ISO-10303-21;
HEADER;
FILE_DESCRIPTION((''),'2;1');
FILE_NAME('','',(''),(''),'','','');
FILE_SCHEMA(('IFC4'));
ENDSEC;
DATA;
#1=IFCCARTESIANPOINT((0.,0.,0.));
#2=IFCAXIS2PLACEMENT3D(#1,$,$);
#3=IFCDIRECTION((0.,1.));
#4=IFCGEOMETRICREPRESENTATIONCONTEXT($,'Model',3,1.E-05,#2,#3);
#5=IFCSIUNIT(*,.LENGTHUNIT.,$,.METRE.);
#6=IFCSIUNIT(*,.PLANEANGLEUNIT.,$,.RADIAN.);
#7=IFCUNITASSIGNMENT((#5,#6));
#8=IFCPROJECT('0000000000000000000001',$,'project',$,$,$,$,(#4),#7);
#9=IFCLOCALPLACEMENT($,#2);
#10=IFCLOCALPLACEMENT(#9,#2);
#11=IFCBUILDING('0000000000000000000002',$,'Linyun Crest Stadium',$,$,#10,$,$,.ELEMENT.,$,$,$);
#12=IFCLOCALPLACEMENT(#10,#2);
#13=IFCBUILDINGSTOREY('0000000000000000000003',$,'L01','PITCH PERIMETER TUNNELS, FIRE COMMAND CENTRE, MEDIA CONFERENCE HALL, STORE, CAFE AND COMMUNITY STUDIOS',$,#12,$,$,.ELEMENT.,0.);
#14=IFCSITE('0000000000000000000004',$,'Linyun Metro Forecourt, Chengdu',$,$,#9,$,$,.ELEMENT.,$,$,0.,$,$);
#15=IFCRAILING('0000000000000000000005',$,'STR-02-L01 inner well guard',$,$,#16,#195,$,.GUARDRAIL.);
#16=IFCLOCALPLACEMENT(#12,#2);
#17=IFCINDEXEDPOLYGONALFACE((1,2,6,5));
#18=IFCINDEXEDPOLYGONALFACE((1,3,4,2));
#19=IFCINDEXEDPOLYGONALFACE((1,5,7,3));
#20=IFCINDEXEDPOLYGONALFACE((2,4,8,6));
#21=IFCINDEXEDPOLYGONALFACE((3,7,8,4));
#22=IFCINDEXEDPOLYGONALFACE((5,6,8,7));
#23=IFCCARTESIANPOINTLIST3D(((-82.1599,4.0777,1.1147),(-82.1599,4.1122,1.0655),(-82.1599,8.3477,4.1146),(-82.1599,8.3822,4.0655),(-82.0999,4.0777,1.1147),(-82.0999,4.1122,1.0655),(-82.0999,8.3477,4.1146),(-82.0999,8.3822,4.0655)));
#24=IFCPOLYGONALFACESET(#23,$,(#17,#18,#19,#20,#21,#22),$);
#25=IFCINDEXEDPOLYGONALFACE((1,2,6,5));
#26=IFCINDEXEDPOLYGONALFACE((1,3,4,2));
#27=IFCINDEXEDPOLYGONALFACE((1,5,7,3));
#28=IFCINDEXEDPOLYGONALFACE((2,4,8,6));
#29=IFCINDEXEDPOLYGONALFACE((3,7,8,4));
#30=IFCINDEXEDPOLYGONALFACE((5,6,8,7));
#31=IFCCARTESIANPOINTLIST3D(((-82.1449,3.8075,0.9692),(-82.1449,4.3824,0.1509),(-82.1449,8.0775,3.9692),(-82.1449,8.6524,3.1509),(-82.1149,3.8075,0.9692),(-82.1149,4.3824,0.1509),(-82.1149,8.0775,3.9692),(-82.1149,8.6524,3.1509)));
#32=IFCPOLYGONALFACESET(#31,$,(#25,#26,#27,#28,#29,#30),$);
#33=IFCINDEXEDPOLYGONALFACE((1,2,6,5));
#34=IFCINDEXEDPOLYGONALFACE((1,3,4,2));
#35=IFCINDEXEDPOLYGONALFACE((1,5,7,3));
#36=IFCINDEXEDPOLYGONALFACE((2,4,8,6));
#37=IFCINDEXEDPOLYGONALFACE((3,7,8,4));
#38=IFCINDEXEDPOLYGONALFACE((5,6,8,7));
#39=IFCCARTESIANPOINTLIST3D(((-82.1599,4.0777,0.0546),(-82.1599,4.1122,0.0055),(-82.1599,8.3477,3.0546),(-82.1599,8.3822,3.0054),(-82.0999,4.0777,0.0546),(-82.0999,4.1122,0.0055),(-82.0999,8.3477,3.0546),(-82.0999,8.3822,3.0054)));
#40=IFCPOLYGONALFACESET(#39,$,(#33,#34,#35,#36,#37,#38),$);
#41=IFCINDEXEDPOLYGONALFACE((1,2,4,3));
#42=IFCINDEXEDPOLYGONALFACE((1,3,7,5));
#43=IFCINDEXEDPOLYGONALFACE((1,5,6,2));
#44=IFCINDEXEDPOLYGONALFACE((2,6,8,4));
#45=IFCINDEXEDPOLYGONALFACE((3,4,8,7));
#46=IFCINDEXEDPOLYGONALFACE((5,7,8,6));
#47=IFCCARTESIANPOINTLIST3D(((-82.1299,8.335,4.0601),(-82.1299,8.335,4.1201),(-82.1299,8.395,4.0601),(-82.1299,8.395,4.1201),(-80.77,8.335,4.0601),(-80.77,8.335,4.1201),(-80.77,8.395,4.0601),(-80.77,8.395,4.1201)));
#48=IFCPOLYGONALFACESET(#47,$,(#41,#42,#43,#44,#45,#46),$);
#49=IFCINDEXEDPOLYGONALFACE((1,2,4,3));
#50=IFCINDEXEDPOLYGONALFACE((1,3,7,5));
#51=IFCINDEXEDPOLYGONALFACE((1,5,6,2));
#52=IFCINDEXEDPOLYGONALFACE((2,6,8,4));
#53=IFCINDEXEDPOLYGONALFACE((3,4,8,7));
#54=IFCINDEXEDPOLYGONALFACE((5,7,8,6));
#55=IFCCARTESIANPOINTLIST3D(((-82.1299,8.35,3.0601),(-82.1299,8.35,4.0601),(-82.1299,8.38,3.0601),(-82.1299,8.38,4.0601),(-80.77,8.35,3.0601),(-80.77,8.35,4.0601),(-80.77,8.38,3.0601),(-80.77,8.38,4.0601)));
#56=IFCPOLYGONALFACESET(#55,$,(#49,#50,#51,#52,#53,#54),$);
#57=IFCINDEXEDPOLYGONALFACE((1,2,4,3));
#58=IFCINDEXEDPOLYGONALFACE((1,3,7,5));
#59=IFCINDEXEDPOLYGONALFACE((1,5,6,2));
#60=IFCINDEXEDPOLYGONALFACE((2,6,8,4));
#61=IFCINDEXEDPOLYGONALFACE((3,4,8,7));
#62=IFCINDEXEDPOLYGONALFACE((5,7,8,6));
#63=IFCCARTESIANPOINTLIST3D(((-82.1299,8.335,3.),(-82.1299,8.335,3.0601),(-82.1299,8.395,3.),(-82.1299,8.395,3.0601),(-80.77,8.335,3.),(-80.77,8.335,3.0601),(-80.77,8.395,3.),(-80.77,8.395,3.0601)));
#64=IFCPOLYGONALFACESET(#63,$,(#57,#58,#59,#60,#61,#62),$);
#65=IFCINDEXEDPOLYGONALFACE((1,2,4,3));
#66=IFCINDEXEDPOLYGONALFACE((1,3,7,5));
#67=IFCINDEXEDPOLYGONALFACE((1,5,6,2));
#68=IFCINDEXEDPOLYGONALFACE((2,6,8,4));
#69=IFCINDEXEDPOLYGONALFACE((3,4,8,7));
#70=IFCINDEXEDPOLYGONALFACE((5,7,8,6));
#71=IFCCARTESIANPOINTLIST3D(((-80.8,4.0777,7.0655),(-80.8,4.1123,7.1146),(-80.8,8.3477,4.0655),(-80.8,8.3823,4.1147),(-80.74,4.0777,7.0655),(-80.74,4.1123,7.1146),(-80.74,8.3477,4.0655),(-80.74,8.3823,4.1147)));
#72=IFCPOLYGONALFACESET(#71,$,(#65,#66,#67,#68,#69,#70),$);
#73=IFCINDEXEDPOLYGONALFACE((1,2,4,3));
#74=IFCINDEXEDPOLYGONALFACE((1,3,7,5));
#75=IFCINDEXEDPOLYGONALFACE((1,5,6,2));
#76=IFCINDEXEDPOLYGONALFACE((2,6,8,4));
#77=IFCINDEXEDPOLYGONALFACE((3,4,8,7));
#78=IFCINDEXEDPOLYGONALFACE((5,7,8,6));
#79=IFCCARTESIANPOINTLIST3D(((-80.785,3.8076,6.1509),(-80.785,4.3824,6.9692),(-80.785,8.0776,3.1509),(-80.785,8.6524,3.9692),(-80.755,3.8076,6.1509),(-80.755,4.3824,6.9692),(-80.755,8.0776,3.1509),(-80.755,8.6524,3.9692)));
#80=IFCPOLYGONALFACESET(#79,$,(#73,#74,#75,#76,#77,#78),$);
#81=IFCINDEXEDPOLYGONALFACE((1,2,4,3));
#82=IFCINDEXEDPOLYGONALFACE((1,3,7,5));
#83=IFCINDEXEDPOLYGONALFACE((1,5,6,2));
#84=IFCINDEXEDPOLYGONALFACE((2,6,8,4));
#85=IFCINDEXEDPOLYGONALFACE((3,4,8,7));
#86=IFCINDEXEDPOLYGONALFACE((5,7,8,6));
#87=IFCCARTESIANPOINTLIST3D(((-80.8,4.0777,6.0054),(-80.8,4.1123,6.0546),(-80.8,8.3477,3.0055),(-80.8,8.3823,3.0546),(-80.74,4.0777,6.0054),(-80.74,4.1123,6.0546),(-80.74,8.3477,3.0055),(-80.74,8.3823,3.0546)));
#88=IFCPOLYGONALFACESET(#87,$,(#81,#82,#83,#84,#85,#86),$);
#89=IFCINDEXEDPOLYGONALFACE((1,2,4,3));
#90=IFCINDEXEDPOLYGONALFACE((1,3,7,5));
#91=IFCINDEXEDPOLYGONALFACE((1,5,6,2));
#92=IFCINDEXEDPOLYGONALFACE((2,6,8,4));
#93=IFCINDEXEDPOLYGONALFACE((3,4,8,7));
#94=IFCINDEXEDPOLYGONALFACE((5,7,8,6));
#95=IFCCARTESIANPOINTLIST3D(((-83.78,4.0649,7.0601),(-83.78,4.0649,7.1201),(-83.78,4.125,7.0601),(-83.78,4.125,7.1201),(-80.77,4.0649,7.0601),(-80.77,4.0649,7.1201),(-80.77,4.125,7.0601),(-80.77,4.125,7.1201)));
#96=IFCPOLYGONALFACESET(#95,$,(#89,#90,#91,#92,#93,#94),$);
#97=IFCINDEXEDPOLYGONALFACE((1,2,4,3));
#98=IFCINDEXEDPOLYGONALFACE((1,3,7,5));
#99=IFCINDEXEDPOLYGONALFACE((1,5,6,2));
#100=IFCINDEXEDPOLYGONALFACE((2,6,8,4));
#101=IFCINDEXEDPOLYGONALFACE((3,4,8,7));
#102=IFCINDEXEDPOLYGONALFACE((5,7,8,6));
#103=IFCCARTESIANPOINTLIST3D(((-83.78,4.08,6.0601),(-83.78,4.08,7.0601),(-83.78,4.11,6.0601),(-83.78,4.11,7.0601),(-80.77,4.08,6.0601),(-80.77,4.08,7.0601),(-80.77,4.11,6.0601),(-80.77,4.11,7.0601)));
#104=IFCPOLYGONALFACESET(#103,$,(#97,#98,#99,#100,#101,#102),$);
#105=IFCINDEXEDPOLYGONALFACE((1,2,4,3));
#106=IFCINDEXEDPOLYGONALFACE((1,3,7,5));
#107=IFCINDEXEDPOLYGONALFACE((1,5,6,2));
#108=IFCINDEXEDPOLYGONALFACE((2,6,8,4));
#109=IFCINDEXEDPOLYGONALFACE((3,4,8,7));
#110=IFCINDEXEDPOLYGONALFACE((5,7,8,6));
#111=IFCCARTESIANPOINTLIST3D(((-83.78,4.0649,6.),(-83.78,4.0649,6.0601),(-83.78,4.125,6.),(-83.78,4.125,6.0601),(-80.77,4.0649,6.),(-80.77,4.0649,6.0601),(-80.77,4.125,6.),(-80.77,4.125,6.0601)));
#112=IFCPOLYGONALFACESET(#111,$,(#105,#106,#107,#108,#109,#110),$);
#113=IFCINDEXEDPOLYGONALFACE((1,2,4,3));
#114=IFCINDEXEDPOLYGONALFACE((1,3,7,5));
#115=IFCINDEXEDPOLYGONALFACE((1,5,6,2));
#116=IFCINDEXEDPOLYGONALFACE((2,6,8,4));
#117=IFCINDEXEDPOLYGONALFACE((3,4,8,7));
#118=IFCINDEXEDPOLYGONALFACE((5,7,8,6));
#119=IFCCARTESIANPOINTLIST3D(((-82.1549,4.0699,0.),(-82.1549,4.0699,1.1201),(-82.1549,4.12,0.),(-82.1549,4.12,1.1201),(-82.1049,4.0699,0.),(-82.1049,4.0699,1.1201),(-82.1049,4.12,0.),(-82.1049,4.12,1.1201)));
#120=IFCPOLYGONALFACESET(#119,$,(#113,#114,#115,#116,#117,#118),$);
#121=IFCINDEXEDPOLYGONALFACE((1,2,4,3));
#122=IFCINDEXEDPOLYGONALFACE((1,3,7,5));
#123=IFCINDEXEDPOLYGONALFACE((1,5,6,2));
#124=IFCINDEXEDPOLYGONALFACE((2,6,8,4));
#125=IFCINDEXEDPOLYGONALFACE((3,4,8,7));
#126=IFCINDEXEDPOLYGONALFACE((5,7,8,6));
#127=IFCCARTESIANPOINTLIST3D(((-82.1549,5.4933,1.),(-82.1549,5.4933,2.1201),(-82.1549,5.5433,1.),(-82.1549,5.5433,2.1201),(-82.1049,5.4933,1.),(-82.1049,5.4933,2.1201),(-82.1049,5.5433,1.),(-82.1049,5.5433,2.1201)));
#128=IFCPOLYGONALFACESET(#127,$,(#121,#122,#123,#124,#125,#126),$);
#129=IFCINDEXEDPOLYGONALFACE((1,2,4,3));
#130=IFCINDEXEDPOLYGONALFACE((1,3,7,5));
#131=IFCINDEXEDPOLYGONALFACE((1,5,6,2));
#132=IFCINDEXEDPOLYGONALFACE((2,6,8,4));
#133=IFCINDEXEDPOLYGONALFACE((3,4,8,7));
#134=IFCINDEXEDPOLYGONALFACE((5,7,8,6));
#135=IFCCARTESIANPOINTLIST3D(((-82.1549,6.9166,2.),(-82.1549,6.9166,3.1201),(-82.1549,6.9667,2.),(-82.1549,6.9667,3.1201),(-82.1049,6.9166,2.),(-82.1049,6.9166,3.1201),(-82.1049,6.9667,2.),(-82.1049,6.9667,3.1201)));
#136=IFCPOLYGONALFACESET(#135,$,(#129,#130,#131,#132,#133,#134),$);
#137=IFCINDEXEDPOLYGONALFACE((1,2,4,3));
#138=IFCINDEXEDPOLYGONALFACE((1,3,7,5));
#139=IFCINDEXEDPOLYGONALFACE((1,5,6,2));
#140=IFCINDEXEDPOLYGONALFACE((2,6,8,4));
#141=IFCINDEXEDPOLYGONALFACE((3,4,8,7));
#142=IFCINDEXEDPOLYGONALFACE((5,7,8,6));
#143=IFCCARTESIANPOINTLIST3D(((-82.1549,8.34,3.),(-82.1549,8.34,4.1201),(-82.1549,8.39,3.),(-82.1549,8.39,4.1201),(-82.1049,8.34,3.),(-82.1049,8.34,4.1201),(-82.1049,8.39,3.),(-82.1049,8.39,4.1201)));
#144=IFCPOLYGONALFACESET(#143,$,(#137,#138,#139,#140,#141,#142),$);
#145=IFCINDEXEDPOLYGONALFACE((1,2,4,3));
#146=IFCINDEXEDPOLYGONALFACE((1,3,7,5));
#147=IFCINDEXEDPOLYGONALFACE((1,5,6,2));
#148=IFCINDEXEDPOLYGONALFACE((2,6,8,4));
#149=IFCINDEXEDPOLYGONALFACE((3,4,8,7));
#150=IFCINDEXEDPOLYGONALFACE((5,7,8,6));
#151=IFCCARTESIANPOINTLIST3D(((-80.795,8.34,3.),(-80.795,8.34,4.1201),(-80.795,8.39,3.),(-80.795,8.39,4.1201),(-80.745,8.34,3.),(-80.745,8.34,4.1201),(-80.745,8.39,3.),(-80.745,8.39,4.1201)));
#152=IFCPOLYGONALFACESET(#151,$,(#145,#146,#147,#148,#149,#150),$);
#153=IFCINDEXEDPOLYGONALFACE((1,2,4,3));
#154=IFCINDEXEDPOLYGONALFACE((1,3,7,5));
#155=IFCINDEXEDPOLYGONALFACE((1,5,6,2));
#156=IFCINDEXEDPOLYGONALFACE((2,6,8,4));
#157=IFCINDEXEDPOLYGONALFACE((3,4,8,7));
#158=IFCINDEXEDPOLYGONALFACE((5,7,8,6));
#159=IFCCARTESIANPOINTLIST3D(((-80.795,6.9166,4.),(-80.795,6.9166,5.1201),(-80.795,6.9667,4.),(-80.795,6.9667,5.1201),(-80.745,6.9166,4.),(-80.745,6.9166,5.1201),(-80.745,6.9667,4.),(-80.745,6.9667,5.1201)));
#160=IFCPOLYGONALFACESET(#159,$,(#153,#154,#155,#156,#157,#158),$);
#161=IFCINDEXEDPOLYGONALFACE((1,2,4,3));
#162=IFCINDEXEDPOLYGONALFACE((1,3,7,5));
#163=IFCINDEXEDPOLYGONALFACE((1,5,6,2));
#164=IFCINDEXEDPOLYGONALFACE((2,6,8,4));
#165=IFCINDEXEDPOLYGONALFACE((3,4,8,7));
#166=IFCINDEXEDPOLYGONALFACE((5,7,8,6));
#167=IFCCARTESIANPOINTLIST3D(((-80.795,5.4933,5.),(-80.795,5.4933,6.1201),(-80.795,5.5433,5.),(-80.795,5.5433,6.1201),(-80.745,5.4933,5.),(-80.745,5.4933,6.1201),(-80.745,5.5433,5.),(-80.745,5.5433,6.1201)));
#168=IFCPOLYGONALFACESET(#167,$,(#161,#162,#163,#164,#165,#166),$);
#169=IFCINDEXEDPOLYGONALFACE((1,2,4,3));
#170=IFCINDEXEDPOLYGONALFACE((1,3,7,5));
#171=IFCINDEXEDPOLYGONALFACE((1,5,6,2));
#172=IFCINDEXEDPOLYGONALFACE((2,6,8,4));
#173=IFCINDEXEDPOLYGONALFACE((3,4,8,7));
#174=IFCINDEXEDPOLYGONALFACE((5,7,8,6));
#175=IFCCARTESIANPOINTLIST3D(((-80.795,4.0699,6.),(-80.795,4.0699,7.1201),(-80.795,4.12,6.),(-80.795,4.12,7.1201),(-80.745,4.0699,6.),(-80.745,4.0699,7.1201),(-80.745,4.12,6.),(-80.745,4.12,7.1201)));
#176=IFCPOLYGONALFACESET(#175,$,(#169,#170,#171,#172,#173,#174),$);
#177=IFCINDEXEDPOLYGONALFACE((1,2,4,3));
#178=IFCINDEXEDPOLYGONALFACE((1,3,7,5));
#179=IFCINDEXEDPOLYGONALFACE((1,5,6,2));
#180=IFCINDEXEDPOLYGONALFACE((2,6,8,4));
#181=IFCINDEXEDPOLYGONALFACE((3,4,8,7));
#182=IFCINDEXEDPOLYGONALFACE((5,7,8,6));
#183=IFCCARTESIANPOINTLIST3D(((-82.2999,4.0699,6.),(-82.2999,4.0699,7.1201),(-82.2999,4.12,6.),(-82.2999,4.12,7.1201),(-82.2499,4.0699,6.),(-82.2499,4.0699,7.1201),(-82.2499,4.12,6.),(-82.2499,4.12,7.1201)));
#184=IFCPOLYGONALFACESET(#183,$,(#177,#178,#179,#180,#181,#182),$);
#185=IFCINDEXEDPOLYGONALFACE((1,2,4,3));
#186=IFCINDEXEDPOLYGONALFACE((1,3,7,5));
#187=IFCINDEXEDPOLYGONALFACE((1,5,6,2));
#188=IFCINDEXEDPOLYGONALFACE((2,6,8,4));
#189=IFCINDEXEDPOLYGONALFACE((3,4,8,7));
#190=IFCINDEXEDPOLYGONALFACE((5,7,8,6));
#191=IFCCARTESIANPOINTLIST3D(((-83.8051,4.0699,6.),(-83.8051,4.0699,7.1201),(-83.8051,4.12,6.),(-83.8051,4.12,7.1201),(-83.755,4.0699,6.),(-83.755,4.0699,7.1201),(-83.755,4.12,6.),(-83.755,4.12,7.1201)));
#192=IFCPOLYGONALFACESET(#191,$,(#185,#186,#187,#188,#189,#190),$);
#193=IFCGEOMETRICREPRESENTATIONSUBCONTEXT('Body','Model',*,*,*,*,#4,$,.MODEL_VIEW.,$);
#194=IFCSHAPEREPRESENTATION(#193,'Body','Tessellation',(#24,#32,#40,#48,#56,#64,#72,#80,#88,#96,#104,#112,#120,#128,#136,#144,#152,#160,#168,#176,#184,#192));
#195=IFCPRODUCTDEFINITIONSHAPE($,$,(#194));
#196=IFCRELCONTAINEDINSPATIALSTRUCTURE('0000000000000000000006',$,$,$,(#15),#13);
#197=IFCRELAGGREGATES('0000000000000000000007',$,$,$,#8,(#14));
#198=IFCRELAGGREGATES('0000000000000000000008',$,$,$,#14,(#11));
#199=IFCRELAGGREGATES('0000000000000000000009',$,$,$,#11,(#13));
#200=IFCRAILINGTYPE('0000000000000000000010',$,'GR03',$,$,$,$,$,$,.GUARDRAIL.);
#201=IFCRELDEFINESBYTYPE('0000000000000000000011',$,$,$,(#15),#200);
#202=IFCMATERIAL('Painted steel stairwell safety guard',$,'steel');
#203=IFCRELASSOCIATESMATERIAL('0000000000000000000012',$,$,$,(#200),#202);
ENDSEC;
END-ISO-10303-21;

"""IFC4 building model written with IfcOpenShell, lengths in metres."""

from ifc_helpers import new_model, si_unit, direction, frame, origin, origin_2d, place, context, subcontext, project, spatial, rectangle, extrude, material, type_object, element, save


model = new_model("IFC4")

# Units and contexts
model_context = context("Model", 3, precision=1e-05, world=origin(), true_north=direction((0.0, 1.0)))
body_context = subcontext(model_context, "Body", "Model", "MODEL_VIEW")
ifc_project = project(units=[si_unit("LENGTHUNIT", "METRE"), si_unit("PLANEANGLEUNIT", "RADIAN")], contexts=[model_context])

# Site, building, storey
site_placement = place(None, origin())
site = spatial("IfcSite", under=ifc_project, at=site_placement, Name="Linyun Metro Forecourt, Chengdu", CompositionType="ELEMENT", RefElevation=0.0)
building_placement = place(site_placement, origin())
building = spatial("IfcBuilding", under=site, at=building_placement, Name="Linyun Crest Stadium", CompositionType="ELEMENT")
storey_placement = place(building_placement, origin())
storey = spatial("IfcBuildingStorey", under=building, at=storey_placement, Name="L01", Description="PITCH PERIMETER TUNNELS, FIRE COMMAND CENTRE, MEDIA CONFERENCE HALL, STORE, CAFE AND COMMUNITY STUDIOS", CompositionType="ELEMENT", Elevation=0.0)

# Railing
ifc_material_1 = material(Name="Painted steel stairwell safety guard", Category="steel")
railing_type_1 = type_object("IfcRailingType", Name="GR03", PredefinedType="GUARDRAIL", material=ifc_material_1)
railing_1_placement = place(storey_placement, frame((-82.1299, 4.095, 0.0)))
element("IfcRailing", 1, at=railing_1_placement, inside=storey, type_object=railing_type_1, Name="STR-02-L01 inner well guard", PredefinedType="GUARDRAIL", context=body_context, shape_type="SweptSolid", body=[
    extrude(rectangle(XDim=0.0601, YDim=0.0601, at=origin_2d()), frame((0.0, 0.0, 1.0901), z_axis=(0.0, 0.818242, 0.574874), x_axis=(-1.0, 0.0, 0.0)), (0.0, 0.0, 1.0), 5.2185),
    extrude(rectangle(XDim=0.03, YDim=1.0, at=origin_2d()), frame((0.0, 0.0, 0.5601), z_axis=(0.0, 0.818242, 0.574874), x_axis=(-1.0, 0.0, 0.0)), (0.0, 0.0, 1.0), 5.2185),
    extrude(rectangle(XDim=0.0601, YDim=0.0601, at=origin_2d()), frame((0.0, 0.0, 0.03), z_axis=(0.0, 0.818242, 0.574874), x_axis=(-1.0, 0.0, 0.0)), (0.0, 0.0, 1.0), 5.2185),
    extrude(rectangle(XDim=0.0601, YDim=0.0601, at=origin_2d()), frame((0.0, 4.27, 4.0901), z_axis=(1.0, 0.0, 0.0), x_axis=(0.0, 1.0, 0.0)), (0.0, 0.0, 1.0), 1.3599),
    extrude(rectangle(XDim=0.03, YDim=1.0, at=origin_2d()), frame((0.0, 4.27, 3.5601), z_axis=(1.0, 0.0, 0.0), x_axis=(0.0, 1.0, 0.0)), (0.0, 0.0, 1.0), 1.3599),
    extrude(rectangle(XDim=0.0601, YDim=0.0601, at=origin_2d()), frame((0.0, 4.27, 3.03), z_axis=(1.0, 0.0, 0.0), x_axis=(0.0, 1.0, 0.0)), (0.0, 0.0, 1.0), 1.3599),
    extrude(rectangle(XDim=0.0601, YDim=0.0601, at=origin_2d()), frame((1.3599, 4.27, 4.0901), z_axis=(0.0, -0.818242, 0.574874), x_axis=(1.0, 0.0, 0.0)), (0.0, 0.0, 1.0), 5.2185),
    extrude(rectangle(XDim=0.03, YDim=1.0, at=origin_2d()), frame((1.3599, 4.27, 3.5601), z_axis=(0.0, -0.818242, 0.574874), x_axis=(1.0, 0.0, 0.0)), (0.0, 0.0, 1.0), 5.2185),
    extrude(rectangle(XDim=0.0601, YDim=0.0601, at=origin_2d()), frame((1.3599, 4.27, 3.03), z_axis=(0.0, -0.818242, 0.574874), x_axis=(1.0, 0.0, 0.0)), (0.0, 0.0, 1.0), 5.2185),
    extrude(rectangle(XDim=0.0601, YDim=0.0601, at=origin_2d()), frame((1.3599, 0.0, 7.0901), z_axis=(-1.0, 0.0, 0.0), x_axis=(0.0, -1.0, 0.0)), (0.0, 0.0, 1.0), 3.01),
    extrude(rectangle(XDim=0.03, YDim=1.0, at=origin_2d()), frame((1.3599, 0.0, 6.5601), z_axis=(-1.0, 0.0, 0.0), x_axis=(0.0, -1.0, 0.0)), (0.0, 0.0, 1.0), 3.01),
    extrude(rectangle(XDim=0.0601, YDim=0.0601, at=origin_2d()), frame((1.3599, 0.0, 6.03), z_axis=(-1.0, 0.0, 0.0), x_axis=(0.0, -1.0, 0.0)), (0.0, 0.0, 1.0), 3.01),
    extrude(rectangle(XDim=0.05, YDim=0.05, at=origin_2d()), origin(), (0.0, 0.0, 1.0), 1.1201),
    extrude(rectangle(XDim=0.05, YDim=0.05, at=origin_2d()), frame((0.0, 1.4233, 1.0)), (0.0, 0.0, 1.0), 1.1201),
    extrude(rectangle(XDim=0.05, YDim=0.05, at=origin_2d()), frame((0.0, 2.8467, 2.0)), (0.0, 0.0, 1.0), 1.1201),
    extrude(rectangle(XDim=0.05, YDim=0.05, at=origin_2d()), frame((0.0, 4.27, 3.0)), (0.0, 0.0, 1.0), 1.1201),
    extrude(rectangle(XDim=0.05, YDim=0.05, at=origin_2d()), frame((1.3599, 4.27, 3.0)), (0.0, 0.0, 1.0), 1.1201),
    extrude(rectangle(XDim=0.05, YDim=0.05, at=origin_2d()), frame((1.3599, 2.8467, 4.0)), (0.0, 0.0, 1.0), 1.1201),
    extrude(rectangle(XDim=0.05, YDim=0.05, at=origin_2d()), frame((1.3599, 1.4233, 5.0)), (0.0, 0.0, 1.0), 1.1201),
    extrude(rectangle(XDim=0.05, YDim=0.05, at=origin_2d()), frame((1.3599, 0.0, 6.0)), (0.0, 0.0, 1.0), 1.1201),
    extrude(rectangle(XDim=0.05, YDim=0.05, at=origin_2d()), frame((-0.145, 0.0, 6.0)), (0.0, 0.0, 1.0), 1.1201),
    extrude(rectangle(XDim=0.05, YDim=0.05, at=origin_2d()), frame((-1.6501, 0.0, 6.0)), (0.0, 0.0, 1.0), 1.1201),
])

save(model, "model.ifc")
